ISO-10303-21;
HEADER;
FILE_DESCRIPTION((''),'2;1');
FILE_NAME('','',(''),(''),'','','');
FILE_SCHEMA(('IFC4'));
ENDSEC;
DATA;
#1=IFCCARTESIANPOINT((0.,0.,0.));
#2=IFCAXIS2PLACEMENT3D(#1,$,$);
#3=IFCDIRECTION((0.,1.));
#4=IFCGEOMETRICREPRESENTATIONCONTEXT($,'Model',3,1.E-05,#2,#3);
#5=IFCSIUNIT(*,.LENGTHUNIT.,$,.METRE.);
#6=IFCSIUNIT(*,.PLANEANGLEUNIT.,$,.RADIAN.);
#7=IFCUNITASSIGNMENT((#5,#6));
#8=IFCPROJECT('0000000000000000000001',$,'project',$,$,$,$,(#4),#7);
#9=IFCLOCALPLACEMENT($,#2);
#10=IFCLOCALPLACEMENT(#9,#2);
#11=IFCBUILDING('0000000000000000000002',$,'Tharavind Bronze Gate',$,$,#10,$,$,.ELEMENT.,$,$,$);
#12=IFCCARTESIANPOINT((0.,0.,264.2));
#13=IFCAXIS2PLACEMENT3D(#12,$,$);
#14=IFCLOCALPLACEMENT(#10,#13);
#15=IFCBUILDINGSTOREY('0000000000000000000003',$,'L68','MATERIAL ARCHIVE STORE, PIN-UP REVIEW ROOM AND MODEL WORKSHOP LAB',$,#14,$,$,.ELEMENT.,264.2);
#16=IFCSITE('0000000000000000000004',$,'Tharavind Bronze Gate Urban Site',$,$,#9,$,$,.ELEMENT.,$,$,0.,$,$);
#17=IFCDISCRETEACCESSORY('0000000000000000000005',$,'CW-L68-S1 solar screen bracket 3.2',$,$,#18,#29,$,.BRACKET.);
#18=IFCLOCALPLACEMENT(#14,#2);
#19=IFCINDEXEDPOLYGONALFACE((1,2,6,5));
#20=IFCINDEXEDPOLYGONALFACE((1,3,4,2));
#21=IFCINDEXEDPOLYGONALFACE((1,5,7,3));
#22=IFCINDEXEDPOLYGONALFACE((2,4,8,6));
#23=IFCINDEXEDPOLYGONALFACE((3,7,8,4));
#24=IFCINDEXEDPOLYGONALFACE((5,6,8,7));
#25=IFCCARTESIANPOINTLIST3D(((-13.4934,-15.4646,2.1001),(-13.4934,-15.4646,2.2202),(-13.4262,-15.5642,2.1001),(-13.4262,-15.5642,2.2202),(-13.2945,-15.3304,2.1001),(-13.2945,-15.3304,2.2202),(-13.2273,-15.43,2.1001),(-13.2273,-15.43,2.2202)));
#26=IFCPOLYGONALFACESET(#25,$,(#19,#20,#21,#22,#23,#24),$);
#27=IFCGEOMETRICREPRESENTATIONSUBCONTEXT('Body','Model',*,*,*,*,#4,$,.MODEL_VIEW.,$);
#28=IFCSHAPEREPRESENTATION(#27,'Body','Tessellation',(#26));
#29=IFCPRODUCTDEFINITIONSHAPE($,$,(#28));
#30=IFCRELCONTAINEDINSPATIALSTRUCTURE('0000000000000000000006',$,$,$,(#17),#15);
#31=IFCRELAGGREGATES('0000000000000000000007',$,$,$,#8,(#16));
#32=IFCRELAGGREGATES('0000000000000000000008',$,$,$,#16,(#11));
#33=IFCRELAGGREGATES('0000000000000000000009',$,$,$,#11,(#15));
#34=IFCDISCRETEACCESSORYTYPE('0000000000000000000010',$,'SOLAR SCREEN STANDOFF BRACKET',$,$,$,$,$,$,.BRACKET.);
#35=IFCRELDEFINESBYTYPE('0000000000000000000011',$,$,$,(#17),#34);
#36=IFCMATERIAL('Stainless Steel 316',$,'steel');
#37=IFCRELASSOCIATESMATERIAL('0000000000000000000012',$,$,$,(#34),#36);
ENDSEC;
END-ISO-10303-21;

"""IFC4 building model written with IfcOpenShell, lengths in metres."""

from ifc_helpers import new_model, si_unit, direction, frame, origin, origin_2d, place, context, subcontext, project, spatial, rectangle, extrude, material, type_object, element, save


model = new_model("IFC4")

# Units and contexts
model_context = context("Model", 3, precision=1e-05, world=origin(), true_north=direction((0.0, 1.0)))
body_context = subcontext(model_context, "Body", "Model", "MODEL_VIEW")
ifc_project = project(units=[si_unit("LENGTHUNIT", "METRE"), si_unit("PLANEANGLEUNIT", "RADIAN")], contexts=[model_context])

# Site, building, storey
site_placement = place(None, origin())
site = spatial("IfcSite", under=ifc_project, at=site_placement, Name="Tharavind Bronze Gate Urban Site", CompositionType="ELEMENT", RefElevation=0.0)
building_placement = place(site_placement, origin())
building = spatial("IfcBuilding", under=site, at=building_placement, Name="Tharavind Bronze Gate", CompositionType="ELEMENT")
storey_placement = place(building_placement, frame((0.0, 0.0, 264.2)))
storey = spatial("IfcBuildingStorey", under=building, at=storey_placement, Name="L68", Description="MATERIAL ARCHIVE STORE, PIN-UP REVIEW ROOM AND MODEL WORKSHOP LAB", CompositionType="ELEMENT", Elevation=264.2)

# Discrete accessory
ifc_material_1 = material(Name="Stainless Steel 316", Category="steel")
discrete_accessory_type = type_object("IfcDiscreteAccessoryType", Name="SOLAR SCREEN STANDOFF BRACKET", PredefinedType="BRACKET", material=ifc_material_1)
for number, where, z_axis, x_axis, name in (
    (1, (-13.3604, -15.4473, 2.1001), (0.0, 0.0, 1.0), (0.559191, -0.829039, 0.0), "CW-L68-S1 solar screen bracket 3.2"),
):
    element("IfcDiscreteAccessory", number, at=place(storey_placement, frame(where, z_axis=z_axis, x_axis=x_axis)), inside=storey, type_object=discrete_accessory_type, Name=name, PredefinedType="BRACKET", context=body_context, shape_type="SweptSolid", body=[
        extrude(rectangle(XDim=0.1201, YDim=0.24, at=origin_2d()), origin(), (0.0, 0.0, 1.0), 0.1201),
    ])

save(model, "model.ifc")
